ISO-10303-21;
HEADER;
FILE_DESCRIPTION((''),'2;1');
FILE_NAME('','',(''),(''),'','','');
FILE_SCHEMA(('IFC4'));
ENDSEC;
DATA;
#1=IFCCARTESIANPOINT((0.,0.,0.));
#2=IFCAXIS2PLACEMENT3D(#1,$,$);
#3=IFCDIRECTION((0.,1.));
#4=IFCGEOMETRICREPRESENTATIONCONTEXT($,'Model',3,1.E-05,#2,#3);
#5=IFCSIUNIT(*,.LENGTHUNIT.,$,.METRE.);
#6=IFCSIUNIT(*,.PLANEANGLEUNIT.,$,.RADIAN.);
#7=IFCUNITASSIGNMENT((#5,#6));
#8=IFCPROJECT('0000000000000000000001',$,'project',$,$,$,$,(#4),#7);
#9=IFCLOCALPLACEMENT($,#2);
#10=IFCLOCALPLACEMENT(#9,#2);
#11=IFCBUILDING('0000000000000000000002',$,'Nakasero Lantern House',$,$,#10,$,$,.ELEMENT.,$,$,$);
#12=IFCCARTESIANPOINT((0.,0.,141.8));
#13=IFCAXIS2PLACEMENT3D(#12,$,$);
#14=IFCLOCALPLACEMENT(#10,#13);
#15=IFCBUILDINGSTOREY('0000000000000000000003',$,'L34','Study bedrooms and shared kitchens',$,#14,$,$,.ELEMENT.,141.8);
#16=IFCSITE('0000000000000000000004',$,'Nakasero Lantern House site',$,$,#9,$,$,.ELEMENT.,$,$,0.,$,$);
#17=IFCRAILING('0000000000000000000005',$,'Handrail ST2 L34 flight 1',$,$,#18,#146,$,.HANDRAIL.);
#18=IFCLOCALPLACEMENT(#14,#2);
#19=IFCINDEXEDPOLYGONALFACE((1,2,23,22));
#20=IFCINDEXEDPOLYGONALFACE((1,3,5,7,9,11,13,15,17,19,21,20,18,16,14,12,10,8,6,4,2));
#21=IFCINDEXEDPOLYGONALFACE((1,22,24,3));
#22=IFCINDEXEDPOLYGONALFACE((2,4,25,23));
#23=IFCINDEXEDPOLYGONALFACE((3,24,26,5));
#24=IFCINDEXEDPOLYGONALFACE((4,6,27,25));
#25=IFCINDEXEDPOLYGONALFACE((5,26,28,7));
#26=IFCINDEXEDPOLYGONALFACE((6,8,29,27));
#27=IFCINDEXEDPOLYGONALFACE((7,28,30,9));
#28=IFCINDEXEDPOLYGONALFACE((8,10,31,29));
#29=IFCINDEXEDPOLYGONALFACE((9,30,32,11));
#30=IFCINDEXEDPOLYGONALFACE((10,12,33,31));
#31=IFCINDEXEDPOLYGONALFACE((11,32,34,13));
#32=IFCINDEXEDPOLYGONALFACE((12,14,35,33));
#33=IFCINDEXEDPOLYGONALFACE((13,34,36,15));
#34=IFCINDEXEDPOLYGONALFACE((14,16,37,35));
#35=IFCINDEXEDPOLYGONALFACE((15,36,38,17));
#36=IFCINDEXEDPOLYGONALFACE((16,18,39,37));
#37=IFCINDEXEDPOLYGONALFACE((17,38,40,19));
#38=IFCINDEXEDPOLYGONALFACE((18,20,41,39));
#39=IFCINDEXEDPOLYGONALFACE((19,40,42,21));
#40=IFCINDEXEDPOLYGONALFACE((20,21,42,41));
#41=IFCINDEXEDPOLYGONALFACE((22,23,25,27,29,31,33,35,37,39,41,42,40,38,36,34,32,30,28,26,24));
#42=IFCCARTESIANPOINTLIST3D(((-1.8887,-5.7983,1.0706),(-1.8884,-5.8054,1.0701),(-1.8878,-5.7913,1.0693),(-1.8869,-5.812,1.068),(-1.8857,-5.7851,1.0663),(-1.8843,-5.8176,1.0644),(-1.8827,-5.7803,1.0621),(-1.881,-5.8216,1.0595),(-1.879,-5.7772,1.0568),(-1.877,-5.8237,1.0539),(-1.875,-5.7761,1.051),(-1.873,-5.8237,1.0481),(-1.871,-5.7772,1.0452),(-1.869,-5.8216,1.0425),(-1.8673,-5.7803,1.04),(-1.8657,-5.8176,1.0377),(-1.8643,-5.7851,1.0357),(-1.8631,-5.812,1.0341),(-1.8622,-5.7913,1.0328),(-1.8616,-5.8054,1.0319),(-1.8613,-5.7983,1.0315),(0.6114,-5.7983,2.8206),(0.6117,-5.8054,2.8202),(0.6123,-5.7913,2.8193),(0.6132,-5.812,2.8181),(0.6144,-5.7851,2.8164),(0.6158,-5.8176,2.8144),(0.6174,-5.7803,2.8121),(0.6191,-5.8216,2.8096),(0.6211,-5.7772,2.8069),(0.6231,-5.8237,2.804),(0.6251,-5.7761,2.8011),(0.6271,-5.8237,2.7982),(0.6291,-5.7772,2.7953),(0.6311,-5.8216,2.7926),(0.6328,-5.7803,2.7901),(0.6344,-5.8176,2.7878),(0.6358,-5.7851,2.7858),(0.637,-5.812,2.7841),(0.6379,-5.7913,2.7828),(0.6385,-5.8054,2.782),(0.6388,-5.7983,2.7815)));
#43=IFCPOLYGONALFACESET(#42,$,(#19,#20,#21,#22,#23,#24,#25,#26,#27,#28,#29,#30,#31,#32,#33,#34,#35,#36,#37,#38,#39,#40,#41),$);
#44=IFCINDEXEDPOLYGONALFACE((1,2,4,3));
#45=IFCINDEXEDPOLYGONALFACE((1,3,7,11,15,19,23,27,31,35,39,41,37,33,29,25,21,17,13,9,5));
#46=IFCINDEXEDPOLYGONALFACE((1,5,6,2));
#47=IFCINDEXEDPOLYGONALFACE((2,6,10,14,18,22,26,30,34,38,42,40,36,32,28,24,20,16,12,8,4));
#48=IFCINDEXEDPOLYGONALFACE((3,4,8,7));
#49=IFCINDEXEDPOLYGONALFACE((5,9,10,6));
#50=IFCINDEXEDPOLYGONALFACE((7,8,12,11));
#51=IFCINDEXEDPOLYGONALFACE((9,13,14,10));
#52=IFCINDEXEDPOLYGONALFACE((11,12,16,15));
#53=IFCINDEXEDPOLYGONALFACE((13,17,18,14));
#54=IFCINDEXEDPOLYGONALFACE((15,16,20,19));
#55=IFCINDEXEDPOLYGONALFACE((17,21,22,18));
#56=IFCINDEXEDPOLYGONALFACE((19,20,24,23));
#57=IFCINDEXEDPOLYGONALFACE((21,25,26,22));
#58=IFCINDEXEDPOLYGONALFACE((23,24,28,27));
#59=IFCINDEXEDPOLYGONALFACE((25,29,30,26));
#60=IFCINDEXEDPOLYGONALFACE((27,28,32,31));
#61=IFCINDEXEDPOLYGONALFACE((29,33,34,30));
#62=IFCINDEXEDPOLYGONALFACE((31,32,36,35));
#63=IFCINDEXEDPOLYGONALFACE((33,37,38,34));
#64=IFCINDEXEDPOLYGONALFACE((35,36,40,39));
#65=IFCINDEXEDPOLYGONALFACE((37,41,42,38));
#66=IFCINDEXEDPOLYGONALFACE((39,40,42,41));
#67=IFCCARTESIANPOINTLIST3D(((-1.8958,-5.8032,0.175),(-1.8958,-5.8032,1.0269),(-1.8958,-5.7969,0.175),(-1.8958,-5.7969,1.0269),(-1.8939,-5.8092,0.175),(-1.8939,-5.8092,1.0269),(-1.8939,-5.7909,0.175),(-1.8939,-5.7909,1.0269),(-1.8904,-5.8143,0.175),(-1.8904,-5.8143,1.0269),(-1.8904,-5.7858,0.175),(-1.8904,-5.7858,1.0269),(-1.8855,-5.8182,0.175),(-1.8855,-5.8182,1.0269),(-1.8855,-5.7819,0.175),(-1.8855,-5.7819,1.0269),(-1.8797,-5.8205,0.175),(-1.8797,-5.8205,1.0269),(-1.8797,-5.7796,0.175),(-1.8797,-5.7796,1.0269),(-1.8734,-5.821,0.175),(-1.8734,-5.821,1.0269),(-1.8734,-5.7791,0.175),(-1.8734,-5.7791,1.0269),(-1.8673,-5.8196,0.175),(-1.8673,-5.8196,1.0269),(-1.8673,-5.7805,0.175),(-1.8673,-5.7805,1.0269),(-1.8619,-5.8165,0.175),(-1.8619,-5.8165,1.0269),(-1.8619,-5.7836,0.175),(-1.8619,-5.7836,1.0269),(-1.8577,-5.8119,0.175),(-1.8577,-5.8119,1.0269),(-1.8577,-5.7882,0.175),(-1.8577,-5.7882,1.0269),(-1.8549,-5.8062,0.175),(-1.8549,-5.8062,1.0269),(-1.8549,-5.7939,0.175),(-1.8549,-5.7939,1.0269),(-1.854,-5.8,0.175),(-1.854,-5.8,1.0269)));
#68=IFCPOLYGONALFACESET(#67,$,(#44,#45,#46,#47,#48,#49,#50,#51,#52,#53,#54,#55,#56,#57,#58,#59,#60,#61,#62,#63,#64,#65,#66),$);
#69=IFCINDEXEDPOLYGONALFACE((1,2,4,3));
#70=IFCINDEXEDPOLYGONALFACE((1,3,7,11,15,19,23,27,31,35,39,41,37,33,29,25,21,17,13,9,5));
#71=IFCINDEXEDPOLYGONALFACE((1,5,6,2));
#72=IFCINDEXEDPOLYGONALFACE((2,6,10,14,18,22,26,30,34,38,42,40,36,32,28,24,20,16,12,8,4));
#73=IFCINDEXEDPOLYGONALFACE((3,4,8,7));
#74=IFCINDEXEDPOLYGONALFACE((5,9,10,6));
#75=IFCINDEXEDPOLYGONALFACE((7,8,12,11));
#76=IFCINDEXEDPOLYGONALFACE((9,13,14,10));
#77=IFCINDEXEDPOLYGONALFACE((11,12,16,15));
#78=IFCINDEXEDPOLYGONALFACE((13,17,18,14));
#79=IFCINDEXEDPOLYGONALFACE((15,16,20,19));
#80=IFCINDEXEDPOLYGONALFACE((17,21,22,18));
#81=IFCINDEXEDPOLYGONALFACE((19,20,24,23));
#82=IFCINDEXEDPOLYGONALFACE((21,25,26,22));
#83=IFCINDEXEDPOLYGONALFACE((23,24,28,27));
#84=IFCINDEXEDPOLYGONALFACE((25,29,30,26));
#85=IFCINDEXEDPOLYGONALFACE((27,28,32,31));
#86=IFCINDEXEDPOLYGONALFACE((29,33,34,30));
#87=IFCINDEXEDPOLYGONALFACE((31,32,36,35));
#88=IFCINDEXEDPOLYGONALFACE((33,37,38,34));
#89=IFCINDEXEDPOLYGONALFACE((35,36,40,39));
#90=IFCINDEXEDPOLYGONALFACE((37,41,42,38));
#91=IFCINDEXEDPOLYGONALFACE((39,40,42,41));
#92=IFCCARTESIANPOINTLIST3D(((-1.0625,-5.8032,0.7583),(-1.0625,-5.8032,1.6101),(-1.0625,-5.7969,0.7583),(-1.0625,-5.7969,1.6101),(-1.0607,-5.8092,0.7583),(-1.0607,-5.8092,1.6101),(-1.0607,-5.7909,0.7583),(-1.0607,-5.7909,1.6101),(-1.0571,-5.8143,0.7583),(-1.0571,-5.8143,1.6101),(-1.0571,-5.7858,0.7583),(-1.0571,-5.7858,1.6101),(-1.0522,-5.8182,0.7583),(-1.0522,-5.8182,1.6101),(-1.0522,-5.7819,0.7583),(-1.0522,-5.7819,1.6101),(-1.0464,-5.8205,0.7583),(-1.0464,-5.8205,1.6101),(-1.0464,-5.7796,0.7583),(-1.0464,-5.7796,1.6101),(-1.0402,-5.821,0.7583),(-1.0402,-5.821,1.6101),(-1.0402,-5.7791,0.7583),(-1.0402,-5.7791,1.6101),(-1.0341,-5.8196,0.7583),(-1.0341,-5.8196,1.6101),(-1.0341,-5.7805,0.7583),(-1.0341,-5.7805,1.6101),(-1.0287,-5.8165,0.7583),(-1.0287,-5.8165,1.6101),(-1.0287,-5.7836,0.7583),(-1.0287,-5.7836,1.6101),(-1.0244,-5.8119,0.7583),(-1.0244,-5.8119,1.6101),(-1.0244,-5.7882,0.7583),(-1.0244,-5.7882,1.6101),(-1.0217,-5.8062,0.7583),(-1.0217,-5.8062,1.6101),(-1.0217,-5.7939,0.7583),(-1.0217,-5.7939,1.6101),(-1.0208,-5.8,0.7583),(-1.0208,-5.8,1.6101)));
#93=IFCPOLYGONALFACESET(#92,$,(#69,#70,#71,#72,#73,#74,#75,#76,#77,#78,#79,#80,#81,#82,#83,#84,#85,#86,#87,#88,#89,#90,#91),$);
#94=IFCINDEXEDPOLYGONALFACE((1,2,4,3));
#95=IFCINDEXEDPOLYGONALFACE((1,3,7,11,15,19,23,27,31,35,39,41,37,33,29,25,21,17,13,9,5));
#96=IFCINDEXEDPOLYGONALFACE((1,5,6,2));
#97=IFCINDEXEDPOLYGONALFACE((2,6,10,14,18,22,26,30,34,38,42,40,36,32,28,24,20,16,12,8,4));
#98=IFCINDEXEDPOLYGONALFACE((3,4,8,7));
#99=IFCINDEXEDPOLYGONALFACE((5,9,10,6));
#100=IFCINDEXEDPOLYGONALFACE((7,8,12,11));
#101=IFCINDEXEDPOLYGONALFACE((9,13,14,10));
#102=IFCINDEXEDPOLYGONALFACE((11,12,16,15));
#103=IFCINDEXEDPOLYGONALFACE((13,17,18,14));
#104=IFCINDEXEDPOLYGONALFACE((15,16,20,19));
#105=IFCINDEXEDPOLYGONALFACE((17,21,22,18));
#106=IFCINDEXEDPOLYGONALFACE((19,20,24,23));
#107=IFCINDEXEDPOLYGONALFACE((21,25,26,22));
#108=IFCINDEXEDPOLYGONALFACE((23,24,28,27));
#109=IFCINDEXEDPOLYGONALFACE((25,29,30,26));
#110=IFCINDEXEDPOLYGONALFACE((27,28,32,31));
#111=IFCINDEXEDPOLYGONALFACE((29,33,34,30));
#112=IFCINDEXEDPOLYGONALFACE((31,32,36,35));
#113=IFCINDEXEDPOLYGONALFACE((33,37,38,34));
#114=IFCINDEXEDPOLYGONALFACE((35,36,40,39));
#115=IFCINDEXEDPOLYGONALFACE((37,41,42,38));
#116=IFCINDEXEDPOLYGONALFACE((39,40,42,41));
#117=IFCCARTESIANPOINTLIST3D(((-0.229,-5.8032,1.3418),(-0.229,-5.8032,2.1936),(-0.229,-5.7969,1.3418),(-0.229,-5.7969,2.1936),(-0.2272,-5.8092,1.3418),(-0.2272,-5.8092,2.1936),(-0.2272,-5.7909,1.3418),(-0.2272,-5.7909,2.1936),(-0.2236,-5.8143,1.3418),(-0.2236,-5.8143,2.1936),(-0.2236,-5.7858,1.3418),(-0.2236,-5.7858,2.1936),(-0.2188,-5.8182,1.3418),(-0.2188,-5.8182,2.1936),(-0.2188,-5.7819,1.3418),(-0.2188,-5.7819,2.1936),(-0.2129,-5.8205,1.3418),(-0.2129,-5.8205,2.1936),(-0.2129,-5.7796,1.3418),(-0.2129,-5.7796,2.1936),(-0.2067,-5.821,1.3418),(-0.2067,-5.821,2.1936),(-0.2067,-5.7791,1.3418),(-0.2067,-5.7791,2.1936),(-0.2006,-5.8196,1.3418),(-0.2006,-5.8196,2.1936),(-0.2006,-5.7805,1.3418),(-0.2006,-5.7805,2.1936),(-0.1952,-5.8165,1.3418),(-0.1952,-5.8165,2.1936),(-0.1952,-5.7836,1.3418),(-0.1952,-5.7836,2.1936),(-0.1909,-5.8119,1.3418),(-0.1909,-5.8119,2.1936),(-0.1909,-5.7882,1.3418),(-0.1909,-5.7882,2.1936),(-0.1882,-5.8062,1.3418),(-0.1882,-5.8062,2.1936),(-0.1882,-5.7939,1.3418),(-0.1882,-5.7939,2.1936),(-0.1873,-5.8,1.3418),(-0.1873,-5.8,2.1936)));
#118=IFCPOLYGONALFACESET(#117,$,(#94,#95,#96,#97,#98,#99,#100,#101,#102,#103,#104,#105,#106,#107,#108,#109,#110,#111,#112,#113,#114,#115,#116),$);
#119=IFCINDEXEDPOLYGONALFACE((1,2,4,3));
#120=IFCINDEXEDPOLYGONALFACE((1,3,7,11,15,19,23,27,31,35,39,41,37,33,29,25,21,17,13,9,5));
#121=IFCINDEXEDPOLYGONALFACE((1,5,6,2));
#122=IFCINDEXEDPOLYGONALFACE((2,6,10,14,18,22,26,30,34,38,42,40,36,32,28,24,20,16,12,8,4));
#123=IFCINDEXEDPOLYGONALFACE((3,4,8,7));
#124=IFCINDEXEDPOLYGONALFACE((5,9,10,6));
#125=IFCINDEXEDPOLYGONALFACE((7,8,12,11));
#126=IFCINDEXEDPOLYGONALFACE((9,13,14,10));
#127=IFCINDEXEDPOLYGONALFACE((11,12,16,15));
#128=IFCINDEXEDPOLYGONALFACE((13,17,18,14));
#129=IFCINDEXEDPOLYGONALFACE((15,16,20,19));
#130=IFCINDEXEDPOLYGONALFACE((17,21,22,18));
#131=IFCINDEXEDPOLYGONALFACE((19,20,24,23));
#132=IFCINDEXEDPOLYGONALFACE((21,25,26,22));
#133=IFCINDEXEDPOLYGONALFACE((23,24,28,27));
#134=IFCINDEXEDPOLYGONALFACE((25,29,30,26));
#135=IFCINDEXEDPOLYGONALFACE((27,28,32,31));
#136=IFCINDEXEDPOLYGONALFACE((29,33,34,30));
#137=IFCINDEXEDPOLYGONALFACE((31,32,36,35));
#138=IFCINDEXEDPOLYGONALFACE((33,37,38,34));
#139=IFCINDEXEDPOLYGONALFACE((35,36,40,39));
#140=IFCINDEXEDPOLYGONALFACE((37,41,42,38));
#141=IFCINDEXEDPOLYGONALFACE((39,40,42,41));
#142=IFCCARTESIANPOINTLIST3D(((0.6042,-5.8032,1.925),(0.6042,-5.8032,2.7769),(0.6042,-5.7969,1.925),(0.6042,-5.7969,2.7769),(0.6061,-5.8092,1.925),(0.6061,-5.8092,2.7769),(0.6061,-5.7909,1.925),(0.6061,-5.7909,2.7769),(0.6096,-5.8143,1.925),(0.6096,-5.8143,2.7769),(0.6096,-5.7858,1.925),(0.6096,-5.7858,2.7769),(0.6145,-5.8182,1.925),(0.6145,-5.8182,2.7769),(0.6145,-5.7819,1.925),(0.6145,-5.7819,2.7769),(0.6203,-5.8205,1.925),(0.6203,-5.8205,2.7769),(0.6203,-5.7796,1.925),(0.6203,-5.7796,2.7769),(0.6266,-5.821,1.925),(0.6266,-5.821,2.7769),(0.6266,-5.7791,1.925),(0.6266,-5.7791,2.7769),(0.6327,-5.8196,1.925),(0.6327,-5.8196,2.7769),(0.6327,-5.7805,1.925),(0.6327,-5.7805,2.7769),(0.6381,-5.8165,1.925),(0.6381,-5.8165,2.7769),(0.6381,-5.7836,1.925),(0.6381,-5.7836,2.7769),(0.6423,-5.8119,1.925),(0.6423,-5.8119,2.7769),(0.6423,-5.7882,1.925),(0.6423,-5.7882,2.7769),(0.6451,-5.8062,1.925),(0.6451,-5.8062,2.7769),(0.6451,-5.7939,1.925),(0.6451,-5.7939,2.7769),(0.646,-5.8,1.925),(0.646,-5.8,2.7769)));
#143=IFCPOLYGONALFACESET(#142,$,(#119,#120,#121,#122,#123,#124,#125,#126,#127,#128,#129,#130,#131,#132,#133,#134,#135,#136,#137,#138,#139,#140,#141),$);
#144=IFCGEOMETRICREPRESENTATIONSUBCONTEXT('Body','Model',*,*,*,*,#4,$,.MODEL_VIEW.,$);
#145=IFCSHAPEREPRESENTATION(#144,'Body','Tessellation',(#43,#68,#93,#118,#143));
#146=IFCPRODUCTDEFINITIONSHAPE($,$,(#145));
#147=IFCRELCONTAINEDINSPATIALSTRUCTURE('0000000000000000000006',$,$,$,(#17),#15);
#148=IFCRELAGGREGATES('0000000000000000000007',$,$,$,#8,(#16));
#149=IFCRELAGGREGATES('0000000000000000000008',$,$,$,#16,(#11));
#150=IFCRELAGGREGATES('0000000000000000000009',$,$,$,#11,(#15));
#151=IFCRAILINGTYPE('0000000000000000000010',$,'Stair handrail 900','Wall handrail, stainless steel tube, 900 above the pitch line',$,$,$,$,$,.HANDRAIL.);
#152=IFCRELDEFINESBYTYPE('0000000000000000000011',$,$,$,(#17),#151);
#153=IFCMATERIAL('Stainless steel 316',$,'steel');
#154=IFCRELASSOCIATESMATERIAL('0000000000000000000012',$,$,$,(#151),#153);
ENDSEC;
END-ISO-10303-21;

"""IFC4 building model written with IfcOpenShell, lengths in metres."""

from ifc_helpers import new_model, si_unit, direction, frame, origin, origin_2d, place, context, subcontext, project, spatial, circle, extrude, material, type_object, element, save


model = new_model("IFC4")

# Units and contexts
model_context = context("Model", 3, precision=1e-05, world=origin(), true_north=direction((0.0, 1.0)))
body_context = subcontext(model_context, "Body", "Model", "MODEL_VIEW")
ifc_project = project(units=[si_unit("LENGTHUNIT", "METRE"), si_unit("PLANEANGLEUNIT", "RADIAN")], contexts=[model_context])

# Site, building, storey
site_placement = place(None, origin())
site = spatial("IfcSite", under=ifc_project, at=site_placement, Name="Nakasero Lantern House site", CompositionType="ELEMENT", RefElevation=0.0)
building_placement = place(site_placement, origin())
building = spatial("IfcBuilding", under=site, at=building_placement, Name="Nakasero Lantern House", CompositionType="ELEMENT")
storey_placement = place(building_placement, frame((0.0, 0.0, 141.8)))
storey = spatial("IfcBuildingStorey", under=building, at=storey_placement, Name="L34", Description="Study bedrooms and shared kitchens", CompositionType="ELEMENT", Elevation=141.8)

# Railing
ifc_material_1 = material(Name="Stainless steel 316", Category="steel")
railing_type = type_object("IfcRailingType", Name="Stair handrail 900", Description="Wall handrail, stainless steel tube, 900 above the pitch line", PredefinedType="HANDRAIL", material=ifc_material_1)
railing_placement = place(storey_placement, frame((-1.875, -5.8, 0.175)))
element("IfcRailing", 1, at=railing_placement, inside=storey, type_object=railing_type, Name="Handrail ST2 L34 flight 1", PredefinedType="HANDRAIL", context=body_context, shape_type="SweptSolid", body=[
    extrude(circle(Radius=0.0239, at=origin_2d()), frame((0.0, 0.0, 0.876), z_axis=(0.819232, 0.0, 0.573462), x_axis=(0.0, 1.0, 0.0)), (0.0, 0.0, 1.0), 3.0518),
    extrude(circle(Radius=0.021, at=origin_2d()), origin(), (0.0, 0.0, 1.0), 0.8518),
    extrude(circle(Radius=0.021, at=origin_2d()), frame((0.8333, 0.0, 0.5833)), (0.0, 0.0, 1.0), 0.8518),
    extrude(circle(Radius=0.021, at=origin_2d()), frame((1.6667, 0.0, 1.1667)), (0.0, 0.0, 1.0), 0.8518),
    extrude(circle(Radius=0.021, at=origin_2d()), frame((2.5, 0.0, 1.75)), (0.0, 0.0, 1.0), 0.8518),
])

save(model, "model.ifc")
